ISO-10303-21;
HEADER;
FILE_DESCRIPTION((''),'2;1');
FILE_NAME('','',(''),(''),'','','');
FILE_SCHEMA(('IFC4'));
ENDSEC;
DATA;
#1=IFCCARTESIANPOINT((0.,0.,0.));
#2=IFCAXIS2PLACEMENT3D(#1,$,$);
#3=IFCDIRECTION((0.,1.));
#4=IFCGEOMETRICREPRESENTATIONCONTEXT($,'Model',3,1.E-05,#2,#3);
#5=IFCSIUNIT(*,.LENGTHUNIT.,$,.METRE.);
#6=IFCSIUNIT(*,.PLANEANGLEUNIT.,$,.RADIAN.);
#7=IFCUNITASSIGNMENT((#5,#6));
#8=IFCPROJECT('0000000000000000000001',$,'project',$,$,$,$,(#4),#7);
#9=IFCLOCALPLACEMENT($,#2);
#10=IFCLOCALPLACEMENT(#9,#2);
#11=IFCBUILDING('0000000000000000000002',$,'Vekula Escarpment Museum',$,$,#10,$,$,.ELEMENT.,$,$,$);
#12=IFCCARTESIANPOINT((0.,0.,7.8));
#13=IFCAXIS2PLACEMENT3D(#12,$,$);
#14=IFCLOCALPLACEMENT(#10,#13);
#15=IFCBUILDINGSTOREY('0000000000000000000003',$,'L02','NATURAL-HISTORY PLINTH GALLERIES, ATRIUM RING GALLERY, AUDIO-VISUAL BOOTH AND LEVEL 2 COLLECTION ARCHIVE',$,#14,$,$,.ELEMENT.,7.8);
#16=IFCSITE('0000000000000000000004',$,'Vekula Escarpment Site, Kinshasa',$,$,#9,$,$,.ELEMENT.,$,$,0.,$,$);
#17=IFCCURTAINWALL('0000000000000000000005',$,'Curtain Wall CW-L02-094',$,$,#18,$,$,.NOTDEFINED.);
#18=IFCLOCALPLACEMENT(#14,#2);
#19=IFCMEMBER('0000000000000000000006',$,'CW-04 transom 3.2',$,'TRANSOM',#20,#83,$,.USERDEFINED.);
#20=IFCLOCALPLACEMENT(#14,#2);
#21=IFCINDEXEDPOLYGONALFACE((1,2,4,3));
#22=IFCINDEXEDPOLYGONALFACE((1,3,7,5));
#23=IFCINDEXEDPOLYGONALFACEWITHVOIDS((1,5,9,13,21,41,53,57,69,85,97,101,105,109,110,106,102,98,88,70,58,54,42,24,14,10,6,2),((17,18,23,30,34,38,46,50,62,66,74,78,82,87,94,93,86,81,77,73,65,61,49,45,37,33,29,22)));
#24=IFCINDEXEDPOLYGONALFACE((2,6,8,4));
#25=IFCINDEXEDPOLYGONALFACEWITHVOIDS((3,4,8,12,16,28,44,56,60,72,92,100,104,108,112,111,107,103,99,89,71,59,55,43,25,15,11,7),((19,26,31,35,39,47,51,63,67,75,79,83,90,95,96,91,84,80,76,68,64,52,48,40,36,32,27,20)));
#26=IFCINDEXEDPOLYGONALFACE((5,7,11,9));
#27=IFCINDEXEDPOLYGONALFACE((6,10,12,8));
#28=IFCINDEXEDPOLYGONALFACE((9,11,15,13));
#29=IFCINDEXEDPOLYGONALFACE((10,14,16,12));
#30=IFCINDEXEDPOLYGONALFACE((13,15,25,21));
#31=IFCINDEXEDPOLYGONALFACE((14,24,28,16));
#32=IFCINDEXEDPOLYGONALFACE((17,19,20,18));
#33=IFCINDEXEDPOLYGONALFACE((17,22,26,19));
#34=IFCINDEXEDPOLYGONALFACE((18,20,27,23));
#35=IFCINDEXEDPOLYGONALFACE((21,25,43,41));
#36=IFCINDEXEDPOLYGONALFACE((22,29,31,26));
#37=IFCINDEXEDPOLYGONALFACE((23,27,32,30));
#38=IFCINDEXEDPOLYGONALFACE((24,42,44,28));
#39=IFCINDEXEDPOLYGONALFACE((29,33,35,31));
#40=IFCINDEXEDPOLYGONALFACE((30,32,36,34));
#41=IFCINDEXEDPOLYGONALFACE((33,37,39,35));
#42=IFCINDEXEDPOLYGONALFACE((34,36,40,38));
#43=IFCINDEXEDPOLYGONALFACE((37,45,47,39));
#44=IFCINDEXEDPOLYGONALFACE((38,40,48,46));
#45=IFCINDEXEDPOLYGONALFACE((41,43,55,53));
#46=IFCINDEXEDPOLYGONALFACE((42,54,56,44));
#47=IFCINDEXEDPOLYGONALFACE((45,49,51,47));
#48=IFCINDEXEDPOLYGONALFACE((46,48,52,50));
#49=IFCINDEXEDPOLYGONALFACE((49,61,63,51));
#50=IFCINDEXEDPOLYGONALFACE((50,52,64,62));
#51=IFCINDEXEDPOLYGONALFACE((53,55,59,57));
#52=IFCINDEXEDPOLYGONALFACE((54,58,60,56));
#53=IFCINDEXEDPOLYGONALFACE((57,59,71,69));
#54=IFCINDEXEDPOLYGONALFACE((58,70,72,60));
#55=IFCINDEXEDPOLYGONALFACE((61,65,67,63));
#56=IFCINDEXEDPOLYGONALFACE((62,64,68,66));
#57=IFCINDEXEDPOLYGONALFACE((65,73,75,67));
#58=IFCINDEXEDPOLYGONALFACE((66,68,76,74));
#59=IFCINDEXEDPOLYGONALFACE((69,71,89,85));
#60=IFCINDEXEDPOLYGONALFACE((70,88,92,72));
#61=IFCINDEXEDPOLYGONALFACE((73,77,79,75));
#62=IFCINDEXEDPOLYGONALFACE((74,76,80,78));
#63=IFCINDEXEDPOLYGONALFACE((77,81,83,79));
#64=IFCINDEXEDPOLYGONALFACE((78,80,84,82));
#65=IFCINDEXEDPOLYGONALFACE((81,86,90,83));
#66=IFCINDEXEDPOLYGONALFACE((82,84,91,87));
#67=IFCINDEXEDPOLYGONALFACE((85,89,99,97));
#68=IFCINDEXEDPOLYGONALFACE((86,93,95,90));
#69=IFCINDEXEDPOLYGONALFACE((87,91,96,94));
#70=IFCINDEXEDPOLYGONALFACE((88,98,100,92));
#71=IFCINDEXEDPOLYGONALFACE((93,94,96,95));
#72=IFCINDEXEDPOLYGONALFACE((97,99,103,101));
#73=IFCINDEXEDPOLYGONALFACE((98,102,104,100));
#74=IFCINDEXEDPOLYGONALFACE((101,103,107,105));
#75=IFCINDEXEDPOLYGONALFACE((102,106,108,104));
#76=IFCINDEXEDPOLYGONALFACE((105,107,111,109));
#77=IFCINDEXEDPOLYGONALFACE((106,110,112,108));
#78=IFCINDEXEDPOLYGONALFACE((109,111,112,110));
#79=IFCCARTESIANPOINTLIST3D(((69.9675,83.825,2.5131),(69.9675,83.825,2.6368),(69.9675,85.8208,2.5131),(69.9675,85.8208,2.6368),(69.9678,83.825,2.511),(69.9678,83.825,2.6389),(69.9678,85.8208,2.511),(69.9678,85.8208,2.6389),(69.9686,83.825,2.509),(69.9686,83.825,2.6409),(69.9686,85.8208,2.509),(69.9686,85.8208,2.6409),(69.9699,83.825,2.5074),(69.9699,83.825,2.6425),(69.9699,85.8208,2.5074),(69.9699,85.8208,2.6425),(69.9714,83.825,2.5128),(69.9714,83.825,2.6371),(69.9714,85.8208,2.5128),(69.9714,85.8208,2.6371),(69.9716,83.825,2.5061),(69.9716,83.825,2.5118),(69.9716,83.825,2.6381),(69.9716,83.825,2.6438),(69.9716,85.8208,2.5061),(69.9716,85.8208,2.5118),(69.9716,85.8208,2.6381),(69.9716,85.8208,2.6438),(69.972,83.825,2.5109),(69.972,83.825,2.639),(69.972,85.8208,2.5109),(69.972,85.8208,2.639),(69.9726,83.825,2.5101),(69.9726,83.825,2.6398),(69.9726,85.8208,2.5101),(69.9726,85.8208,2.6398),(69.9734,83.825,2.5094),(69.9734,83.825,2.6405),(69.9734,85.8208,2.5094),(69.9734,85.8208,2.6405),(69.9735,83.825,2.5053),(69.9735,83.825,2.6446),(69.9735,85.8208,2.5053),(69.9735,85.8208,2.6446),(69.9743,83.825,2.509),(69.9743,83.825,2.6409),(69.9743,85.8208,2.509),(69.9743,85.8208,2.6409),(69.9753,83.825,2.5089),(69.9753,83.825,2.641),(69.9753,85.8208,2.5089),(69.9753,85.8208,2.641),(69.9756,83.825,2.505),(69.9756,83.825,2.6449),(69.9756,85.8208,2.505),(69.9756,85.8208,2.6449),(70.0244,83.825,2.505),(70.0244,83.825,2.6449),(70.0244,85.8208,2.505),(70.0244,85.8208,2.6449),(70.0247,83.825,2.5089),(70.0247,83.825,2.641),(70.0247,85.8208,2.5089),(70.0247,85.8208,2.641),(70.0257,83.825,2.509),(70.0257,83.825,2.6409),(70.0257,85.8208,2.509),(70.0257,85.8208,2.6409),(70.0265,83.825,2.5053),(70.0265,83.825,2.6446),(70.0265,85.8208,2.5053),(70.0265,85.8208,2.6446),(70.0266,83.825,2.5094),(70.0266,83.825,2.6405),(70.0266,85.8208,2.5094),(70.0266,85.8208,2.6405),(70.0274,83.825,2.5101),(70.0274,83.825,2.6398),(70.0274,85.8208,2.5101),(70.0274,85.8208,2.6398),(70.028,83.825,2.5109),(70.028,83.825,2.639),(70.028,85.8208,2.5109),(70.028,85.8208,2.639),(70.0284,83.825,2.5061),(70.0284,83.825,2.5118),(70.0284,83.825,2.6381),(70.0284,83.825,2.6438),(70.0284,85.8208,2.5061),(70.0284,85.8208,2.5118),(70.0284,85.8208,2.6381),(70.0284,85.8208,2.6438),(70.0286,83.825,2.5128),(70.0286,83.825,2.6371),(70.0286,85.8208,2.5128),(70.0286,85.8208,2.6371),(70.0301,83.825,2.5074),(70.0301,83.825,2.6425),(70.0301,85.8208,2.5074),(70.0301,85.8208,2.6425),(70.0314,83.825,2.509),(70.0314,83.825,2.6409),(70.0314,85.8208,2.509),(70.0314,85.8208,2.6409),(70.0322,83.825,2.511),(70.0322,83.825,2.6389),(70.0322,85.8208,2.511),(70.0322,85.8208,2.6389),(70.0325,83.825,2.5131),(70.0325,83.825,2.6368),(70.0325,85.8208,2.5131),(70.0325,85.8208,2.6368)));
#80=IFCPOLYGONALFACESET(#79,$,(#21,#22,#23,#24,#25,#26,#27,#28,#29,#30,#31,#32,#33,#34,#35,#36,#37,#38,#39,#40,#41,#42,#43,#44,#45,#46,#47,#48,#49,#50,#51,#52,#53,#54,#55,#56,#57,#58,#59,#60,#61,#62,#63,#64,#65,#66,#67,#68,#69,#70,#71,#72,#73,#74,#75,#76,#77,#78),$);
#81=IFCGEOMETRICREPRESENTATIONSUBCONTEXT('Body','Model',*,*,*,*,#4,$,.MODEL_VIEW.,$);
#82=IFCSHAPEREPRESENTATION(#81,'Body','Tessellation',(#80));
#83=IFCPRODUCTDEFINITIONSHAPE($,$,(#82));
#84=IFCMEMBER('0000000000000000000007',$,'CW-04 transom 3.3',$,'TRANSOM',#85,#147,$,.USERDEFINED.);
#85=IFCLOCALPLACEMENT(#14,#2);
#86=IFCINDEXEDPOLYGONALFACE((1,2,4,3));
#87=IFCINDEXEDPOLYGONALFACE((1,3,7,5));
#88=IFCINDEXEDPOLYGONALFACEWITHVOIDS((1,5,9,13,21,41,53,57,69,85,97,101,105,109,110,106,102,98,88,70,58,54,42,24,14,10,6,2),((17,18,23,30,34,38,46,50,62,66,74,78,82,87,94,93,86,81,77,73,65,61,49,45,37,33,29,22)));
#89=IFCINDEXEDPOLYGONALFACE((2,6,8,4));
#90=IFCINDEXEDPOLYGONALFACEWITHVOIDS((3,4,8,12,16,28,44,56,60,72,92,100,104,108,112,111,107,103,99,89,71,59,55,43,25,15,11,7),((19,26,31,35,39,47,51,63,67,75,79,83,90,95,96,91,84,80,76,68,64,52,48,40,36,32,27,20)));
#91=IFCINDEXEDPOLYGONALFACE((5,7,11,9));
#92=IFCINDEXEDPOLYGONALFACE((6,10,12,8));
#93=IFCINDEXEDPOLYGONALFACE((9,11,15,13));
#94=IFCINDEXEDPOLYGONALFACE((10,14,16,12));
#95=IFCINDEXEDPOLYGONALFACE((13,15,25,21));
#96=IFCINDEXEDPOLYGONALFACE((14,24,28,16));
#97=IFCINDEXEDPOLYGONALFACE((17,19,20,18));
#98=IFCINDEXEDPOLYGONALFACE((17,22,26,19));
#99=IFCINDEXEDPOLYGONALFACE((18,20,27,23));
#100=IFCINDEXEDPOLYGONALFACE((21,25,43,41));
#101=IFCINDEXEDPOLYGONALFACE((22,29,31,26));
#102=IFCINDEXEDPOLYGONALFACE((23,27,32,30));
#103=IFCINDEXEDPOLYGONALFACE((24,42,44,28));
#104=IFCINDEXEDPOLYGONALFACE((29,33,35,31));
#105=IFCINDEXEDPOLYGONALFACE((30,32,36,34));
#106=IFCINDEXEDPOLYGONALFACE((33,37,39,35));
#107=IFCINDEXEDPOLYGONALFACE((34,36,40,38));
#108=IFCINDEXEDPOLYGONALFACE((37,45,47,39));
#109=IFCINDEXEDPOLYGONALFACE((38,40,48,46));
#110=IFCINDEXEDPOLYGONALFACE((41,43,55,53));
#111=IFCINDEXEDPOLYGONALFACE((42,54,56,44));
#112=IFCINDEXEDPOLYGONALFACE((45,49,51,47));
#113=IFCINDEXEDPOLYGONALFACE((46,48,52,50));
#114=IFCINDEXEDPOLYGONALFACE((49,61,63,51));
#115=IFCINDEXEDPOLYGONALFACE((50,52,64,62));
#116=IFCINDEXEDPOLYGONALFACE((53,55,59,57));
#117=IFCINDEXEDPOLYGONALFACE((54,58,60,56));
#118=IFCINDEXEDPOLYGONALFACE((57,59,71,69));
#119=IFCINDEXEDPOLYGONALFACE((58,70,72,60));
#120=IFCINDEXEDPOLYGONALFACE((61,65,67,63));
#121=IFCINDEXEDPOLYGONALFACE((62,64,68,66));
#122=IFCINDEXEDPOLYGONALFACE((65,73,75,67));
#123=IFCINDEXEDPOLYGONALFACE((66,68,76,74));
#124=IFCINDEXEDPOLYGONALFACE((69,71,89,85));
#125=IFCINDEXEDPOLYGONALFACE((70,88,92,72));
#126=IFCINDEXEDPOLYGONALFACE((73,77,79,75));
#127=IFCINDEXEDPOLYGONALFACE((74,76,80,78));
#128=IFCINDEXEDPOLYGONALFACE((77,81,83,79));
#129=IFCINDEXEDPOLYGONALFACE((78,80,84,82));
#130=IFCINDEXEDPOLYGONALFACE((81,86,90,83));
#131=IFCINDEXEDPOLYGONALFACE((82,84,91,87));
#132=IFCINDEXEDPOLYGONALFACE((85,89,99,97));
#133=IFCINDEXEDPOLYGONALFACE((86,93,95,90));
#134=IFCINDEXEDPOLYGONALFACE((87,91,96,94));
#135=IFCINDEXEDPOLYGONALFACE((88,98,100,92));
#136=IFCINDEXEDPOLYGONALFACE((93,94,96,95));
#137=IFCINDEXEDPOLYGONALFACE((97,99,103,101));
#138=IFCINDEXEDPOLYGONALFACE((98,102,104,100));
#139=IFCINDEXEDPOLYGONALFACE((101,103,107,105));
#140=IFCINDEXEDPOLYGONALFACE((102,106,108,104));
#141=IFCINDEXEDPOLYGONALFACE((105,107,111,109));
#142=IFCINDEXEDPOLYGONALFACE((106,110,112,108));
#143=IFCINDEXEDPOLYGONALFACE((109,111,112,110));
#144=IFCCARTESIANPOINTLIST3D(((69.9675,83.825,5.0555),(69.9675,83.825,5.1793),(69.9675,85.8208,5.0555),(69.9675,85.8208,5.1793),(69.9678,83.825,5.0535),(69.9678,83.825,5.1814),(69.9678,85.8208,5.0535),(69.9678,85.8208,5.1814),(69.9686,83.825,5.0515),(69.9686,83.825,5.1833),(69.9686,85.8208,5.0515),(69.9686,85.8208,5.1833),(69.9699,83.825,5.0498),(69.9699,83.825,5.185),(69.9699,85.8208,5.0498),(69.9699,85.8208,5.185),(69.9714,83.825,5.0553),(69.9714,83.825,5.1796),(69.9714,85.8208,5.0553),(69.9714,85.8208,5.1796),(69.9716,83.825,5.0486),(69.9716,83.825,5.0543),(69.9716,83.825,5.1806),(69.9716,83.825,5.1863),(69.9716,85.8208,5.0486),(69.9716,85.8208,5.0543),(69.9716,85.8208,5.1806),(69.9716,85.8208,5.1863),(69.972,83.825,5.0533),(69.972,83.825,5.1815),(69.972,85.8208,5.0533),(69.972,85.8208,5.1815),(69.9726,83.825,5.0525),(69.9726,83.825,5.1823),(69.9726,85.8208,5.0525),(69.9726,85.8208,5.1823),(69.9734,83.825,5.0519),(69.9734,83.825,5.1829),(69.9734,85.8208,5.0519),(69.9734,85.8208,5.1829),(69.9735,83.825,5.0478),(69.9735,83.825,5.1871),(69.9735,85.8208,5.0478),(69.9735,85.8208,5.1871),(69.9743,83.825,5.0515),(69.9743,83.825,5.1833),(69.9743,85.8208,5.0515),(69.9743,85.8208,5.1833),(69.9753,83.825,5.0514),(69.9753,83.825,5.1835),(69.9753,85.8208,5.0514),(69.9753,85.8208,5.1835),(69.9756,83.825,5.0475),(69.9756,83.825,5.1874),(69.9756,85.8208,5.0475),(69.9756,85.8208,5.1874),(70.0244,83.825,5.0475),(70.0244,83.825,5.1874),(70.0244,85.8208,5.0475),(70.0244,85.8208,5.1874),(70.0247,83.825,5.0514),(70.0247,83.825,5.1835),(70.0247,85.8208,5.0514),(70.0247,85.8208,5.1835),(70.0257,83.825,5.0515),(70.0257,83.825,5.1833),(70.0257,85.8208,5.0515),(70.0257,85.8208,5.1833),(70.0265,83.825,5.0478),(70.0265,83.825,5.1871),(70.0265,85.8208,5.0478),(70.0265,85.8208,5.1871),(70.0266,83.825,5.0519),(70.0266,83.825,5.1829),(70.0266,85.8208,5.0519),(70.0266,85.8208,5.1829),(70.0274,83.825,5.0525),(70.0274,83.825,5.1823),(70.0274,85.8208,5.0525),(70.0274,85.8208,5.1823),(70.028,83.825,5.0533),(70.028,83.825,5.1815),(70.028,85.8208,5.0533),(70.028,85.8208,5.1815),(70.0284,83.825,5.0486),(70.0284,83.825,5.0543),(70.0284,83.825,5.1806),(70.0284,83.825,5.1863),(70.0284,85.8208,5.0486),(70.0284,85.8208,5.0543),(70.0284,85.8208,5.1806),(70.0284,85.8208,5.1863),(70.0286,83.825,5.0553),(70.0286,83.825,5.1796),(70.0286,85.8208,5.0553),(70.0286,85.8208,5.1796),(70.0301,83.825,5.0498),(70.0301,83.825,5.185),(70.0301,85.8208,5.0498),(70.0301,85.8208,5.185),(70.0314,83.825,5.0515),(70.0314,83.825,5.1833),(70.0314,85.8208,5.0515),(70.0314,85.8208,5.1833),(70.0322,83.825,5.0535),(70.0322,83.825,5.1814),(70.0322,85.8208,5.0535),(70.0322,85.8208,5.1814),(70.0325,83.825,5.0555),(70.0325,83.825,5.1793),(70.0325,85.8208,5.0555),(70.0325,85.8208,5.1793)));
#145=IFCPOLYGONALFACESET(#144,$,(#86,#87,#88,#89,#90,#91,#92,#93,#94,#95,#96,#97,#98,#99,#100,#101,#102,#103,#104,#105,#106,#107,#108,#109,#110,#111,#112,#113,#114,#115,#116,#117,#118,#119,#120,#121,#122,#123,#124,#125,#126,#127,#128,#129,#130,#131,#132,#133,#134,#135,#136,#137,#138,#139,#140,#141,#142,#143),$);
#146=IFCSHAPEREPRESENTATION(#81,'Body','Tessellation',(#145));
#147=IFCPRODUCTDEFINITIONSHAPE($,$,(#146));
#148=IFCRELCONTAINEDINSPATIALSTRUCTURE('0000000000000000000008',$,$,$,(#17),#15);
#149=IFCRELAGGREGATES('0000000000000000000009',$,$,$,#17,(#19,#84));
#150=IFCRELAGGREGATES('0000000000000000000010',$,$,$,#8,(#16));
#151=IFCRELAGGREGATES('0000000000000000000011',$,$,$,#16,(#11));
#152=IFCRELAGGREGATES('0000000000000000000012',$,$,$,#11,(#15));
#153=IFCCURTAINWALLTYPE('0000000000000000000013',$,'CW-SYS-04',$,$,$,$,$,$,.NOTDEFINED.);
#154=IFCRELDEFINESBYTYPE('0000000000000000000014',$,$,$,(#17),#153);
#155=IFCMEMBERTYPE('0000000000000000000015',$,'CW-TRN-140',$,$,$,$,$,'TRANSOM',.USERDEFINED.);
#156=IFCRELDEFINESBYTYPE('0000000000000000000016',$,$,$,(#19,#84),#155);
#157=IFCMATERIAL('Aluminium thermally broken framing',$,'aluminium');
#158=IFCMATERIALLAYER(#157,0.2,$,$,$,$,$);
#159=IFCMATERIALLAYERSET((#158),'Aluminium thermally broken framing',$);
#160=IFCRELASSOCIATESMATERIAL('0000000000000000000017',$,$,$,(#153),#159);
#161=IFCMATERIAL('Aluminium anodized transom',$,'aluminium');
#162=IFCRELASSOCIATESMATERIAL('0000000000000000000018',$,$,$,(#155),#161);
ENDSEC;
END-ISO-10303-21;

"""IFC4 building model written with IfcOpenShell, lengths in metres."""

from ifc_helpers import new_model, si_unit, direction, frame, origin, origin_2d, place, context, subcontext, project, spatial, hollow_rectangle, extrude, material, layer, layer_set, material_profile, profile_set, type_object, element, aggregate, save


model = new_model("IFC4")

# Units and contexts
model_context = context("Model", 3, precision=1e-05, world=origin(), true_north=direction((0.0, 1.0)))
body_context = subcontext(model_context, "Body", "Model", "MODEL_VIEW")
ifc_project = project(units=[si_unit("LENGTHUNIT", "METRE"), si_unit("PLANEANGLEUNIT", "RADIAN")], contexts=[model_context])

# Site, building, storey
site_placement = place(None, origin())
site = spatial("IfcSite", under=ifc_project, at=site_placement, Name="Vekula Escarpment Site, Kinshasa", CompositionType="ELEMENT", RefElevation=0.0)
building_placement = place(site_placement, origin())
building = spatial("IfcBuilding", under=site, at=building_placement, Name="Vekula Escarpment Museum", CompositionType="ELEMENT")
storey_placement = place(building_placement, frame((0.0, 0.0, 7.8)))
storey = spatial("IfcBuildingStorey", under=building, at=storey_placement, Name="L02", Description="NATURAL-HISTORY PLINTH GALLERIES, ATRIUM RING GALLERY, AUDIO-VISUAL BOOTH AND LEVEL 2 COLLECTION ARCHIVE", CompositionType="ELEMENT", Elevation=7.8)

# Curtain wall, members
ifc_material_1 = material(Name="Aluminium thermally broken framing", Category="aluminium")
ifc_layer_1 = layer(ifc_material_1, 0.2)
ifc_layer_set_1 = layer_set([ifc_layer_1], Name="Aluminium thermally broken framing")
curtain_wall_type = type_object("IfcCurtainWallType", Name="CW-SYS-04", PredefinedType="NOTDEFINED", material=ifc_layer_set_1)
curtain_wall_placement = place(storey_placement, origin())
curtain_wall = element("IfcCurtainWall", 1, at=curtain_wall_placement, inside=storey, type_object=curtain_wall_type, Name="Curtain Wall CW-L02-094", PredefinedType="NOTDEFINED")
ifc_material_2 = material(Name="Aluminium anodized transom", Category="aluminium")
ifc_material_profile_1 = material_profile(ifc_material_2, hollow_rectangle(XDim=0.0649, YDim=0.1399, WallThickness=0.0039, InnerFilletRadius=0.0039, OuterFilletRadius=0.0081, at=origin_2d()), Name="ALU 140x65x4")
ifc_profile_set_1 = profile_set([ifc_material_profile_1], Name="Aluminium anodized transom")
member_type_1 = type_object("IfcMemberType", Name="CW-TRN-140", ElementType="TRANSOM", PredefinedType="USERDEFINED", material=ifc_profile_set_1)
member_1_placement = place(storey_placement, frame((70.0, 85.8208, 2.575), z_axis=(0.0, -1.0, 0.0), x_axis=(1.0, 0.0, 0.0)))
member_1 = element("IfcMember", 2, at=member_1_placement, type_object=member_type_1, Name="CW-04 transom 3.2", ObjectType="TRANSOM", PredefinedType="USERDEFINED", context=body_context, shape_type="SweptSolid", body=[
    extrude(hollow_rectangle(XDim=0.0649, YDim=0.1399, WallThickness=0.0039, InnerFilletRadius=0.0039, OuterFilletRadius=0.0081, at=origin_2d()), origin(), (0.0, 0.0, 1.0), 1.9958),
])
member_2_placement = place(storey_placement, frame((70.0, 85.8208, 5.1174), z_axis=(0.0, -1.0, 0.0), x_axis=(1.0, 0.0, 0.0)))
member_2 = element("IfcMember", 3, at=member_2_placement, type_object=member_type_1, Name="CW-04 transom 3.3", ObjectType="TRANSOM", PredefinedType="USERDEFINED", context=body_context, shape_type="SweptSolid", body=[
    extrude(hollow_rectangle(XDim=0.0649, YDim=0.1399, WallThickness=0.0039, InnerFilletRadius=0.0039, OuterFilletRadius=0.0081, at=origin_2d()), origin(), (0.0, 0.0, 1.0), 1.9958),
])

aggregate(curtain_wall, [member_1, member_2])

save(model, "model.ifc")
